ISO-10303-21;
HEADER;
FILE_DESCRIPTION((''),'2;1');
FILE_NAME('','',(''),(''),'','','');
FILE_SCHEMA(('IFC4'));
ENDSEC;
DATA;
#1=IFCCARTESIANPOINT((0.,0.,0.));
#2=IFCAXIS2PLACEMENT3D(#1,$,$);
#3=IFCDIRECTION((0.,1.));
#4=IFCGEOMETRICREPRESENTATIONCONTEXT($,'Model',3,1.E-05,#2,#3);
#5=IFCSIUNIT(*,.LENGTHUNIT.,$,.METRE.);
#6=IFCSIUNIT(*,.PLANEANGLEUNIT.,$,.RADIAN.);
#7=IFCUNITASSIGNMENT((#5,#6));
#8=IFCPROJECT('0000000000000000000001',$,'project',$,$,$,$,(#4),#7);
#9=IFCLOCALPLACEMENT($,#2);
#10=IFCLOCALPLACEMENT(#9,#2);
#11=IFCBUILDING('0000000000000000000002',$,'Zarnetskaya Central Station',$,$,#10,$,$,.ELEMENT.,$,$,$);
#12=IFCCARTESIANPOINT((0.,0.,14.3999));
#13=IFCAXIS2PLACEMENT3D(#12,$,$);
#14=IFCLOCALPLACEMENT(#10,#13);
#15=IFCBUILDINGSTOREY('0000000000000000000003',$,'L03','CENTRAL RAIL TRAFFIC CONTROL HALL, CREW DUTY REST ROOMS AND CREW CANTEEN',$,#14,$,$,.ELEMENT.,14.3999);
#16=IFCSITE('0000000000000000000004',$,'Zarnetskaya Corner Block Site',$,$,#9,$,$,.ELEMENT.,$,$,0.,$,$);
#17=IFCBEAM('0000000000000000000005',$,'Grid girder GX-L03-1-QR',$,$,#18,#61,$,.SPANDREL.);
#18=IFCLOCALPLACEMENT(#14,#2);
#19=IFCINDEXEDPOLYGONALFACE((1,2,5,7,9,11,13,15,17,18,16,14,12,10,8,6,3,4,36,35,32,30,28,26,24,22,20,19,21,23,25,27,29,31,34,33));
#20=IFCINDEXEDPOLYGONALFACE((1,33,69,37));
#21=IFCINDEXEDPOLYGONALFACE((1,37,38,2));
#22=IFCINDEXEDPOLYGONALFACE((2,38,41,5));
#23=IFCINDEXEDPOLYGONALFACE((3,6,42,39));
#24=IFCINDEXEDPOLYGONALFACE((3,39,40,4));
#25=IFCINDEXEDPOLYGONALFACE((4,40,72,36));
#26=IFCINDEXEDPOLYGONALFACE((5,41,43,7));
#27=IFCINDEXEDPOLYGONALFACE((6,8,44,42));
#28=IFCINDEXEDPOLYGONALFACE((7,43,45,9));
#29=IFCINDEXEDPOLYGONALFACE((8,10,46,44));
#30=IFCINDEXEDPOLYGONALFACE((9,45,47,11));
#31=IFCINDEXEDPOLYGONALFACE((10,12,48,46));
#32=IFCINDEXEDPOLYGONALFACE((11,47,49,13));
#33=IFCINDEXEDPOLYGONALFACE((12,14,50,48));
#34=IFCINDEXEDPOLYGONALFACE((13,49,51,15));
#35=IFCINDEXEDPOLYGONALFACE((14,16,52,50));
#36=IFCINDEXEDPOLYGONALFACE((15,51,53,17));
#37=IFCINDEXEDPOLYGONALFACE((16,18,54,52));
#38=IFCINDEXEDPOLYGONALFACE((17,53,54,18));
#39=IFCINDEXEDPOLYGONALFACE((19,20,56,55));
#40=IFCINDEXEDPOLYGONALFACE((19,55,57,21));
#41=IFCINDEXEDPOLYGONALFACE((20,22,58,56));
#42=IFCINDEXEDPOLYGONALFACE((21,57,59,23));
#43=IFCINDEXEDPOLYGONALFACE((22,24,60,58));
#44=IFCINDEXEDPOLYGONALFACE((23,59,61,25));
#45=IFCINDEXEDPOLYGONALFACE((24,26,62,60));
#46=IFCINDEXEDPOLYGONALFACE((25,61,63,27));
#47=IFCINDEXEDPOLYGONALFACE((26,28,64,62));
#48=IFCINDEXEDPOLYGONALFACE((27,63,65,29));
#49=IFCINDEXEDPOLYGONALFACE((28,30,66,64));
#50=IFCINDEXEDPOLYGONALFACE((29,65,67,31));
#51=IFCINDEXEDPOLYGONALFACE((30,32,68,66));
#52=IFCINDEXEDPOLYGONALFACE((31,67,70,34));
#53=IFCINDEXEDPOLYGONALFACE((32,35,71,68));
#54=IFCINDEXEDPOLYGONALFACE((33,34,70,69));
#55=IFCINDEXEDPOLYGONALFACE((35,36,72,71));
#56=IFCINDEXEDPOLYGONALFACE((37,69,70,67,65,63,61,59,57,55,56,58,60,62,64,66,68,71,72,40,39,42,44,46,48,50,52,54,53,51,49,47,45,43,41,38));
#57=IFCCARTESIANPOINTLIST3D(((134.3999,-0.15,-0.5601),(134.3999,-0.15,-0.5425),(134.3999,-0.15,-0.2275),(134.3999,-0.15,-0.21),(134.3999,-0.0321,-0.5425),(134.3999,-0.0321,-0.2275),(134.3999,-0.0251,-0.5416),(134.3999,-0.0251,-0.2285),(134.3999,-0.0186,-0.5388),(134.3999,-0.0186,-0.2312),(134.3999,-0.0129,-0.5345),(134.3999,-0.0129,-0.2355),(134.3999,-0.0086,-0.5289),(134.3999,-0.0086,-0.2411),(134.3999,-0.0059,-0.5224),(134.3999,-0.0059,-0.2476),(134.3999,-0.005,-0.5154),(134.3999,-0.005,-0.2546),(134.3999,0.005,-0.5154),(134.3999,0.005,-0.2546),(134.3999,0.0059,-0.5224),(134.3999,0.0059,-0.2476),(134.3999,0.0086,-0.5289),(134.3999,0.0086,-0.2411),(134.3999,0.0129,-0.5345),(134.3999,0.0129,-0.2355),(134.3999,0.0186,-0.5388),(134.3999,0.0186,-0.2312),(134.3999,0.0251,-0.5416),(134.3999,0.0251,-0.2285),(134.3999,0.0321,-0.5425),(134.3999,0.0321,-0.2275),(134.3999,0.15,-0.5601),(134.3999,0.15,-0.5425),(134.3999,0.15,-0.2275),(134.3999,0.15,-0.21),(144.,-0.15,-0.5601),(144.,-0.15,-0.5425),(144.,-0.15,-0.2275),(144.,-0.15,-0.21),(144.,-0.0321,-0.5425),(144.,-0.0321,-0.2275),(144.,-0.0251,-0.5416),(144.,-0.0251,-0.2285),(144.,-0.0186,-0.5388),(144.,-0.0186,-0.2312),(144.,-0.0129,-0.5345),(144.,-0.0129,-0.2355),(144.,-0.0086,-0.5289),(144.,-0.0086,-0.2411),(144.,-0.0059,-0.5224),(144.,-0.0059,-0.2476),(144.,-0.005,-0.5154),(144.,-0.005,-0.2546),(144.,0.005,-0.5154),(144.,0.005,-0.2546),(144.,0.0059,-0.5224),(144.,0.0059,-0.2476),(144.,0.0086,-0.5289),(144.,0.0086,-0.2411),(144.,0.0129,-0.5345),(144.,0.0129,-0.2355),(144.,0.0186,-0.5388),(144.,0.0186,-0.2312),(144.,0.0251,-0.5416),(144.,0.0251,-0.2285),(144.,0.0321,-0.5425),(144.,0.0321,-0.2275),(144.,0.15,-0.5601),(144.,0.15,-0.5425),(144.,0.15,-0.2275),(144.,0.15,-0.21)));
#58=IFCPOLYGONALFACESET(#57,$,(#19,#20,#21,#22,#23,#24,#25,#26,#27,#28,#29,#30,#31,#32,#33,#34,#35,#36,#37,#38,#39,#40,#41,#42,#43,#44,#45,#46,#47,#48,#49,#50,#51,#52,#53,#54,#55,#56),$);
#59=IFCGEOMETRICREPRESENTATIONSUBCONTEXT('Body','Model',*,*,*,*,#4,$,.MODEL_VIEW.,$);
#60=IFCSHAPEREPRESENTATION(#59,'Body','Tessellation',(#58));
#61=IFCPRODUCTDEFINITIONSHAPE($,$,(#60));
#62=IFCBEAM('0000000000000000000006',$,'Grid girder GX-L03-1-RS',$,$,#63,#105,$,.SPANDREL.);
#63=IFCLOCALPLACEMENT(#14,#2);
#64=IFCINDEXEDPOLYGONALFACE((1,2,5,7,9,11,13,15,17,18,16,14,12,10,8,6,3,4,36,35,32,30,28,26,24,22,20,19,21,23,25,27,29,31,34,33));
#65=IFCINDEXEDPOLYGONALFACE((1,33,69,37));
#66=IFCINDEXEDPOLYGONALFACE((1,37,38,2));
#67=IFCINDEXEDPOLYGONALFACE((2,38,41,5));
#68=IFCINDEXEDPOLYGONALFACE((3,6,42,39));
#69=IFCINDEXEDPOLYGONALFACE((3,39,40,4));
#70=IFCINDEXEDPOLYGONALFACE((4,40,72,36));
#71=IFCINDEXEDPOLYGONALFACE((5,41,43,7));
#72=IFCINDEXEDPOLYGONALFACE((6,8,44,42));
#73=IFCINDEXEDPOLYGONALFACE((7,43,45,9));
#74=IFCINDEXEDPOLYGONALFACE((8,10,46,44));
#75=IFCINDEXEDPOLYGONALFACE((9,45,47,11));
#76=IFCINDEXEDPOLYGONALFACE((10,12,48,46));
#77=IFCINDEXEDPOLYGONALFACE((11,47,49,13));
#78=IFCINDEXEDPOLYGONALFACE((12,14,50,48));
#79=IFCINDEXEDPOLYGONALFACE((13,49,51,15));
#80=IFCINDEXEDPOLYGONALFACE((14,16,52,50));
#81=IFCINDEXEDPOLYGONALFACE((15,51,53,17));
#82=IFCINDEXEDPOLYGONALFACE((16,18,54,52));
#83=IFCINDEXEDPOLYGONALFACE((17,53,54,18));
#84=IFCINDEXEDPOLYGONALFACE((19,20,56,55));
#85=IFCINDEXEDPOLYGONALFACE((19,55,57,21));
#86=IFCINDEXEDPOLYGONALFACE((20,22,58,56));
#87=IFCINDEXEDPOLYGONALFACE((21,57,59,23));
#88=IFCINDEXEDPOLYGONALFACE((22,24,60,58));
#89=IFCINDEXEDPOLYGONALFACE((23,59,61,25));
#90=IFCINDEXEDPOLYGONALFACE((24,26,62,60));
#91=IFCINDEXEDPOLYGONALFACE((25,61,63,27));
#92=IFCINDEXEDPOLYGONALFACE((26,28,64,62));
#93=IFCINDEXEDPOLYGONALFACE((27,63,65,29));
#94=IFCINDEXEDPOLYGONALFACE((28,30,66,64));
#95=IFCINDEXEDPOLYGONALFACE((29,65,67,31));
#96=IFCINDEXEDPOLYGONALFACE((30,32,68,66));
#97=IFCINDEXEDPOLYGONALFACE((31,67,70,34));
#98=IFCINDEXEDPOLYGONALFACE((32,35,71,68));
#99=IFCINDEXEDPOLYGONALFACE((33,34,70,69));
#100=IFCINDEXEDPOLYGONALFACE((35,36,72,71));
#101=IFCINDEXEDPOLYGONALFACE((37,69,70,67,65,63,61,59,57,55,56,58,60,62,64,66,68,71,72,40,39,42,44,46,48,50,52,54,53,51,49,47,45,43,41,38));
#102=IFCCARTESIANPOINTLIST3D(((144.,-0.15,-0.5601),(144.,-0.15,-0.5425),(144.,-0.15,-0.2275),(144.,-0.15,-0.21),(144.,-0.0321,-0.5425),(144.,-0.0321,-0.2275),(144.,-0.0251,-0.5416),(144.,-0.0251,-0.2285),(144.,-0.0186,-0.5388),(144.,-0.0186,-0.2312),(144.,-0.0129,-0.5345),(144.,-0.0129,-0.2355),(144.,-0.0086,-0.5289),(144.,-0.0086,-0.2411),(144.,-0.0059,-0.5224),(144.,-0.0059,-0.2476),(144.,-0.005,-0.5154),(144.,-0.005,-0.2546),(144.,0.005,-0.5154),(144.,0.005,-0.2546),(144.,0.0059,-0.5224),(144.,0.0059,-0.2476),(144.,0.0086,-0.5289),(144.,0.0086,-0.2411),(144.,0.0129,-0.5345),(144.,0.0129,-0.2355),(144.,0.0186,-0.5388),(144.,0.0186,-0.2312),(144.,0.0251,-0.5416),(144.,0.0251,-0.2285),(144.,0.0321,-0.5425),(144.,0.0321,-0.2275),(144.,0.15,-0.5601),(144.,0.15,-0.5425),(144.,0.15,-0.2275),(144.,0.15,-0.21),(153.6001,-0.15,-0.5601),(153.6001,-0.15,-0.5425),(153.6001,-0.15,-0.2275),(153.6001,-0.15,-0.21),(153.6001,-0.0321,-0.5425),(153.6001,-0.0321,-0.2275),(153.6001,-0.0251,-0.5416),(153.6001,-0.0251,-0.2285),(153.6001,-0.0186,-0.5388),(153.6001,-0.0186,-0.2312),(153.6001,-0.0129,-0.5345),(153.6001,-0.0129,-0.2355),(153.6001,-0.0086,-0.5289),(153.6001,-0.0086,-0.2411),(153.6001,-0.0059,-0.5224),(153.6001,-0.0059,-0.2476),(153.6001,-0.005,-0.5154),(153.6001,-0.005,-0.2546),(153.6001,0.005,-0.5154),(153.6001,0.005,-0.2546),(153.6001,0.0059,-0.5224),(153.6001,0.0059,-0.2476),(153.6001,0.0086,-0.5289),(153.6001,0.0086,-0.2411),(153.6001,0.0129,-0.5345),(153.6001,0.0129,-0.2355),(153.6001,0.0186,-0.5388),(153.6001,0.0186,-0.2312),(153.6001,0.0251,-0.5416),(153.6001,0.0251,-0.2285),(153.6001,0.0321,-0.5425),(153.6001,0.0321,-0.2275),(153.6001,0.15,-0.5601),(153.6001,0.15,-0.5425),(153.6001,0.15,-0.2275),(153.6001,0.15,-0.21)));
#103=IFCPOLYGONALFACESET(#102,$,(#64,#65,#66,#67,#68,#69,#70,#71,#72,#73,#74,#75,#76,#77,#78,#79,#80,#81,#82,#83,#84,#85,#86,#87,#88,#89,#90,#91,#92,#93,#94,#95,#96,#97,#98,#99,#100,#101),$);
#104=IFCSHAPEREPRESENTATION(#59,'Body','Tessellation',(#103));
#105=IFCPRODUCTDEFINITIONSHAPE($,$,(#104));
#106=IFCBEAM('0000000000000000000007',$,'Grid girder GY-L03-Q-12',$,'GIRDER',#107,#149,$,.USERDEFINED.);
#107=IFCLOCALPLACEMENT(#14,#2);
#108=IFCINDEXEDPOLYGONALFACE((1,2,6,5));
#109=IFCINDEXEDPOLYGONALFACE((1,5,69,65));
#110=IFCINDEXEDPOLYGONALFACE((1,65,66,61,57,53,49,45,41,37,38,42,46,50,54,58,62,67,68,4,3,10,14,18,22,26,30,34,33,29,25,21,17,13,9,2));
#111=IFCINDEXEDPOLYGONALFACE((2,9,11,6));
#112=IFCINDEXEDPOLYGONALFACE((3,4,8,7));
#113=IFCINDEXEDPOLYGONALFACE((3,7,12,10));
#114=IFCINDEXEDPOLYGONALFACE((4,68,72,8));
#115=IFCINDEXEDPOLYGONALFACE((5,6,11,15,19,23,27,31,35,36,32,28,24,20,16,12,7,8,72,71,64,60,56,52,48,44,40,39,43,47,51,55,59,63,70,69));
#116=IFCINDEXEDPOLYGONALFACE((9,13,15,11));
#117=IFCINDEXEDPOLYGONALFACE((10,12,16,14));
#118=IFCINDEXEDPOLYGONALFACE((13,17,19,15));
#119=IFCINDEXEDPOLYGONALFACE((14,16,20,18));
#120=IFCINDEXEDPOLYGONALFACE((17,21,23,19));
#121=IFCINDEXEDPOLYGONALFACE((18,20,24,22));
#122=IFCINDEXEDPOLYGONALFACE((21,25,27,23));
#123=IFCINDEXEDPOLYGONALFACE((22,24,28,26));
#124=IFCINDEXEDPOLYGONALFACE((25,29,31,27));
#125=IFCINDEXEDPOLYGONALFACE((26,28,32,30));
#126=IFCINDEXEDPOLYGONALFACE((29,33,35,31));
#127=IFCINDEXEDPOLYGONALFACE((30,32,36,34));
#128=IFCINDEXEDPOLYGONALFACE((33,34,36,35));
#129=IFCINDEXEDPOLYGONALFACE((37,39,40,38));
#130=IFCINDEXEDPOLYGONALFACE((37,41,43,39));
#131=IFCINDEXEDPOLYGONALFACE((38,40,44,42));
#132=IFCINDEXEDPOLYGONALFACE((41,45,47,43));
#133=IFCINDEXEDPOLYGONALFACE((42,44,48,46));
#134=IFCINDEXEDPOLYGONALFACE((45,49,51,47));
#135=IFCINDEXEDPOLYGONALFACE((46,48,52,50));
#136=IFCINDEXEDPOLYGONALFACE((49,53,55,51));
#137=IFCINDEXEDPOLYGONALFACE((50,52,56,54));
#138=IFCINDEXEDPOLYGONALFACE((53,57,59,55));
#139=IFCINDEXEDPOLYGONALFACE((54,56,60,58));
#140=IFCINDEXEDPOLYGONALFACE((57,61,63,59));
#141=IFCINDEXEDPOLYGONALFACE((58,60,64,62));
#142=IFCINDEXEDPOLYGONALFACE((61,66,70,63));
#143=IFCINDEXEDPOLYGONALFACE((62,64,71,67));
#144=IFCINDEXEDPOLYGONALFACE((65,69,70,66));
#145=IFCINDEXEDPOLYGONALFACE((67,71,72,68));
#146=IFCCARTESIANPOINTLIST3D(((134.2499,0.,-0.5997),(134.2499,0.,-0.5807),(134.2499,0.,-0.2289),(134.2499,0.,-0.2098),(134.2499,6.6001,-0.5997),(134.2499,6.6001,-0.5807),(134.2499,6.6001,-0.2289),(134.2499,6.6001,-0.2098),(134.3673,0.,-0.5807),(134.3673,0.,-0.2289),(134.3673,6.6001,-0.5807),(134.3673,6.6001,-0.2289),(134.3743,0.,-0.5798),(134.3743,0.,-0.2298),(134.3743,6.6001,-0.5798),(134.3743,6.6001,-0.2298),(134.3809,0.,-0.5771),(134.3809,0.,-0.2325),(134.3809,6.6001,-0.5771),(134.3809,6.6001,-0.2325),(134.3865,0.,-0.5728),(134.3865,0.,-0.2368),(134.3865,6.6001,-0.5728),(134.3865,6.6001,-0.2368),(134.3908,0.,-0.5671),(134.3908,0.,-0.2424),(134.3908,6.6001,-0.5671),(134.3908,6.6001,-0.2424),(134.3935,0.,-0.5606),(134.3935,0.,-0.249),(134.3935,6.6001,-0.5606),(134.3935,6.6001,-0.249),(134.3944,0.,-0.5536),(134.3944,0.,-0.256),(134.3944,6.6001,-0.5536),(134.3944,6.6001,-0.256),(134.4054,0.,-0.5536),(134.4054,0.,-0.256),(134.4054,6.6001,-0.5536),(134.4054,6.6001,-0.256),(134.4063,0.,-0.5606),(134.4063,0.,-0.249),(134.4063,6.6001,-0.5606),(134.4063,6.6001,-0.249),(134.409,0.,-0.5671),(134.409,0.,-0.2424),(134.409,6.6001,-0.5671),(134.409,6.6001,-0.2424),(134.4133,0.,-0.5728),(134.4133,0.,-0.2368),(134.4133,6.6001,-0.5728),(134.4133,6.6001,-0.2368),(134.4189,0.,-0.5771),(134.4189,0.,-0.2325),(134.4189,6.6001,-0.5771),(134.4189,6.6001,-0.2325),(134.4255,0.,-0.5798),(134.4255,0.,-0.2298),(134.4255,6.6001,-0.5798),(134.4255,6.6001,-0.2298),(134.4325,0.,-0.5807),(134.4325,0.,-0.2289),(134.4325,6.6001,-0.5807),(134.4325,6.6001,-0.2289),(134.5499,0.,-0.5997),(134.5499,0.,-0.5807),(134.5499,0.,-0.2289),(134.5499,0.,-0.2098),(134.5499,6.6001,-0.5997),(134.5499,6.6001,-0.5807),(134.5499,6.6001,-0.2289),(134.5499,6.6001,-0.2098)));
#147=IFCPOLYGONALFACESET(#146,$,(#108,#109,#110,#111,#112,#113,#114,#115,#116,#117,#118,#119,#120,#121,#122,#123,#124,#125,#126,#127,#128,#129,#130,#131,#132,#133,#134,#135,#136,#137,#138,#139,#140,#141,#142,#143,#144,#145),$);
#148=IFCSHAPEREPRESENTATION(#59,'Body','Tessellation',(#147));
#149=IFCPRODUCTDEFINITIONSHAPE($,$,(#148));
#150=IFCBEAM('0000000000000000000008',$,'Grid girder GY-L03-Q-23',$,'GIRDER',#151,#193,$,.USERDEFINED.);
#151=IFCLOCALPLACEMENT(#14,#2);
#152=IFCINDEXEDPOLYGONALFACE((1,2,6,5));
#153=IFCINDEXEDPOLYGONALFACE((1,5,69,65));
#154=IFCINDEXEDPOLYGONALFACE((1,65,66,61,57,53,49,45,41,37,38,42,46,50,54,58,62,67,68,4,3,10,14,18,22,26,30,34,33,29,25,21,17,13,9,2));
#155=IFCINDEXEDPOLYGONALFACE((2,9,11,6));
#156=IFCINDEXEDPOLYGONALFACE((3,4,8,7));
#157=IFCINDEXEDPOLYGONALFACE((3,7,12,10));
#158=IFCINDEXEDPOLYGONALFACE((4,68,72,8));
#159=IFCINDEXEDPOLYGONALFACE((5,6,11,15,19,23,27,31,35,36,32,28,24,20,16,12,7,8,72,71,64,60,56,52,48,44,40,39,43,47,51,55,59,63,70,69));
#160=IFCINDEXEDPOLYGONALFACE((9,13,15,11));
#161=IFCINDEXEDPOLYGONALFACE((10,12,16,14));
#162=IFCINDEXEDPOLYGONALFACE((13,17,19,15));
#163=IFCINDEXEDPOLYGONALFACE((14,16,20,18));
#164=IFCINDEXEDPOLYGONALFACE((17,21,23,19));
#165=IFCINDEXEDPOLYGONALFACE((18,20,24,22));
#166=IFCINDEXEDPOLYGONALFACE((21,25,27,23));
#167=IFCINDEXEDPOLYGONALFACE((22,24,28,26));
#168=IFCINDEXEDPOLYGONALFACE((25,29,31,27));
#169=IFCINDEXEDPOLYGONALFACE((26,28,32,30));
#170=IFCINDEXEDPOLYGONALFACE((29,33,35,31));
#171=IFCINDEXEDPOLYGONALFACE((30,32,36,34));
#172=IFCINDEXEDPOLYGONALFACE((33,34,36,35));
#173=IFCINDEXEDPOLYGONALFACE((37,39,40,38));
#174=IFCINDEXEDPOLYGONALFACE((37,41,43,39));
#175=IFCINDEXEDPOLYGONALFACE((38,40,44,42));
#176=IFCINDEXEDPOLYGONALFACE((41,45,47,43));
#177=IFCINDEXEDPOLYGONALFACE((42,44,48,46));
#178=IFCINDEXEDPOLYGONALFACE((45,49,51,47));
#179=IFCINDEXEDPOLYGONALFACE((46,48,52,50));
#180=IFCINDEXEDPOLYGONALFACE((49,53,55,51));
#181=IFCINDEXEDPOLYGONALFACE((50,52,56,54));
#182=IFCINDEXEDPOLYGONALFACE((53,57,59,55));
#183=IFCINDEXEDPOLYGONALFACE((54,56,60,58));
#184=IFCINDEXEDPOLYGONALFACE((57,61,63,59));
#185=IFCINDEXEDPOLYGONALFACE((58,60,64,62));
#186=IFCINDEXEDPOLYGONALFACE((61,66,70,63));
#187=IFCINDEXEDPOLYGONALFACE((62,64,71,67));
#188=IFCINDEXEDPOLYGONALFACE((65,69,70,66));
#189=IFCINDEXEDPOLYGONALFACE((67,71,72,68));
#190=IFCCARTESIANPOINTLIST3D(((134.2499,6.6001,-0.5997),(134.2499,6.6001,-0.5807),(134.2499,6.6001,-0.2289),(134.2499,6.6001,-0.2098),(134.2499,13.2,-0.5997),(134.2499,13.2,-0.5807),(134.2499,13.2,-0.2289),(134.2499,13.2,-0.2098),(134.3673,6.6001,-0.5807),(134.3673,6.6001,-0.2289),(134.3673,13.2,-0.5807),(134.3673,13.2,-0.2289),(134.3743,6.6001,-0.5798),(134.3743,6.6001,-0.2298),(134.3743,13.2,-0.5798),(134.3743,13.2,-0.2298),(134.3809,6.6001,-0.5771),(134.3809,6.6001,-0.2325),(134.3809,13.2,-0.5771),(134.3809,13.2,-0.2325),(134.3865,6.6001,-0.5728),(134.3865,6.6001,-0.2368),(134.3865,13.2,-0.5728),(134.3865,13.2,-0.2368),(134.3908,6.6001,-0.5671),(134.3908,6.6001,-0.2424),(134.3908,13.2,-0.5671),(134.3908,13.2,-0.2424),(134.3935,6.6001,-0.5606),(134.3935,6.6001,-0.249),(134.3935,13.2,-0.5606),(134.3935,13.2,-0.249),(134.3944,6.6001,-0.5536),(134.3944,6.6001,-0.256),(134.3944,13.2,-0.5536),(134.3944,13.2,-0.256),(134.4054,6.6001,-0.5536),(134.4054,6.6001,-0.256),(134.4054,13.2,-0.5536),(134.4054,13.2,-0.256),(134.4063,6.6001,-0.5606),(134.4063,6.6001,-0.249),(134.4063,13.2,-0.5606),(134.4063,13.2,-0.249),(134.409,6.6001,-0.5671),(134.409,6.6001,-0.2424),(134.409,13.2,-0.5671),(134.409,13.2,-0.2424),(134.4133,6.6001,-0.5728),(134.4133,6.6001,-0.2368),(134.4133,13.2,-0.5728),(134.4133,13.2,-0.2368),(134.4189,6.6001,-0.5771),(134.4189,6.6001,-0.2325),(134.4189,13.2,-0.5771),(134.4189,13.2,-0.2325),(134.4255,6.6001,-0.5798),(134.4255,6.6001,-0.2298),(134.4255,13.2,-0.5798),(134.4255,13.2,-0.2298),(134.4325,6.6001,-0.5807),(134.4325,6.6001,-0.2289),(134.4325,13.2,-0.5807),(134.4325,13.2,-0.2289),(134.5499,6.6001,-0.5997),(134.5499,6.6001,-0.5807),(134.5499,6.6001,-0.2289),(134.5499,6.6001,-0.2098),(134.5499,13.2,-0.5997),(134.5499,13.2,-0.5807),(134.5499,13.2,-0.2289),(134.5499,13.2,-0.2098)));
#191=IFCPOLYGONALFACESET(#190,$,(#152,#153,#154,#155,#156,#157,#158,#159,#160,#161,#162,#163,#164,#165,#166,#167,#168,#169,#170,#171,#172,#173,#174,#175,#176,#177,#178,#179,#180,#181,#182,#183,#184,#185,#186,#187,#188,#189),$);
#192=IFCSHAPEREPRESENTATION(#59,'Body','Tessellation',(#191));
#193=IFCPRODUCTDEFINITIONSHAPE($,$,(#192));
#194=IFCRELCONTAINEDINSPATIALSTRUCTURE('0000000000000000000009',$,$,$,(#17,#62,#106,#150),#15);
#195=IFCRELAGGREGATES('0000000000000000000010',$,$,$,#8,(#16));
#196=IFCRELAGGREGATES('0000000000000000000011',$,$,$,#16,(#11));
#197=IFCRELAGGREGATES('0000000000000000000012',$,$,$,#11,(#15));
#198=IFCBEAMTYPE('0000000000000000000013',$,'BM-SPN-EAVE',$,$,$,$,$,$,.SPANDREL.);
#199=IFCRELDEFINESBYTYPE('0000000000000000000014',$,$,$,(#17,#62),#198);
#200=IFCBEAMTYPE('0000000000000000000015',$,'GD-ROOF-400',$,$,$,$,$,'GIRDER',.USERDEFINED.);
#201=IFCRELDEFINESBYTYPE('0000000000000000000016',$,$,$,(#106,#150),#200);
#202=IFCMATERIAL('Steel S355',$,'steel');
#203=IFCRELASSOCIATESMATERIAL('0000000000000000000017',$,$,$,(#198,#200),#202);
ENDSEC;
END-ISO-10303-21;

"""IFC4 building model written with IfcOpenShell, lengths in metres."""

from ifc_helpers import new_model, si_unit, direction, frame, origin, origin_2d, place, context, subcontext, project, spatial, i_section, extrude, material, material_profile, profile_set, type_object, element, save


model = new_model("IFC4")

# Units and contexts
model_context = context("Model", 3, precision=1e-05, world=origin(), true_north=direction((0.0, 1.0)))
body_context = subcontext(model_context, "Body", "Model", "MODEL_VIEW")
ifc_project = project(units=[si_unit("LENGTHUNIT", "METRE"), si_unit("PLANEANGLEUNIT", "RADIAN")], contexts=[model_context])

# Site, building, storey
site_placement = place(None, origin())
site = spatial("IfcSite", under=ifc_project, at=site_placement, Name="Zarnetskaya Corner Block Site", CompositionType="ELEMENT", RefElevation=0.0)
building_placement = place(site_placement, origin())
building = spatial("IfcBuilding", under=site, at=building_placement, Name="Zarnetskaya Central Station", CompositionType="ELEMENT")
storey_placement = place(building_placement, frame((0.0, 0.0, 14.3999)))
storey = spatial("IfcBuildingStorey", under=building, at=storey_placement, Name="L03", Description="CENTRAL RAIL TRAFFIC CONTROL HALL, CREW DUTY REST ROOMS AND CREW CANTEEN", CompositionType="ELEMENT", Elevation=14.3999)

# Beams
ifc_material_1 = material(Name="Steel S355", Category="steel")
ifc_material_profile_1 = material_profile(ifc_material_1, i_section(OverallWidth=0.3, OverallDepth=0.3501, WebThickness=0.01, FlangeThickness=0.0176, FilletRadius=0.0271, at=origin_2d()), Name="HEA 360")
ifc_profile_set_1 = profile_set([ifc_material_profile_1], Name="Steel S355")
beam_type_1 = type_object("IfcBeamType", Name="BM-SPN-EAVE", PredefinedType="SPANDREL", material=ifc_profile_set_1)
for number, where, z_axis, x_axis, name in (
    (1, (134.3999, 0.0, -0.385), (1.0, 0.0, 0.0), (0.0, 1.0, 0.0), "Grid girder GX-L03-1-QR"),
    (2, (144.0, 0.0, -0.385), (1.0, 0.0, 0.0), (0.0, 1.0, 0.0), "Grid girder GX-L03-1-RS"),
):
    element("IfcBeam", number, at=place(storey_placement, frame(where, z_axis=z_axis, x_axis=x_axis)), inside=storey, type_object=beam_type_1, Name=name, PredefinedType="SPANDREL", context=body_context, shape_type="SweptSolid", body=[
        extrude(i_section(OverallWidth=0.3, OverallDepth=0.3501, WebThickness=0.01, FlangeThickness=0.0176, FilletRadius=0.0271, at=origin_2d()), origin(), (0.0, 0.0, 1.0), 9.6001),
    ])
ifc_material_profile_2 = material_profile(ifc_material_1, i_section(OverallWidth=0.3, OverallDepth=0.3899, WebThickness=0.011, FlangeThickness=0.019, FilletRadius=0.0271, at=origin_2d()), Name="HEA 400")
ifc_profile_set_2 = profile_set([ifc_material_profile_2], Name="Steel S355")
beam_type_2 = type_object("IfcBeamType", Name="GD-ROOF-400", ElementType="GIRDER", PredefinedType="USERDEFINED", material=ifc_profile_set_2)
beam_1_placement = place(storey_placement, frame((134.3999, 0.0, -0.4048), z_axis=(0.0, 1.0, 0.0), x_axis=(-1.0, 0.0, 0.0)))
element("IfcBeam", 3, at=beam_1_placement, inside=storey, type_object=beam_type_2, Name="Grid girder GY-L03-Q-12", ObjectType="GIRDER", PredefinedType="USERDEFINED", context=body_context, shape_type="SweptSolid", body=[
    extrude(i_section(OverallWidth=0.3, OverallDepth=0.3899, WebThickness=0.011, FlangeThickness=0.019, FilletRadius=0.0271, at=origin_2d()), origin(), (0.0, 0.0, 1.0), 6.6001),
])
beam_2_placement = place(storey_placement, frame((134.3999, 6.6001, -0.4048), z_axis=(0.0, 1.0, 0.0), x_axis=(-1.0, 0.0, 0.0)))
element("IfcBeam", 4, at=beam_2_placement, inside=storey, type_object=beam_type_2, Name="Grid girder GY-L03-Q-23", ObjectType="GIRDER", PredefinedType="USERDEFINED", context=body_context, shape_type="SweptSolid", body=[
    extrude(i_section(OverallWidth=0.3, OverallDepth=0.3899, WebThickness=0.011, FlangeThickness=0.019, FilletRadius=0.0271, at=origin_2d()), origin(), (0.0, 0.0, 1.0), 6.5999),
])

save(model, "model.ifc")
